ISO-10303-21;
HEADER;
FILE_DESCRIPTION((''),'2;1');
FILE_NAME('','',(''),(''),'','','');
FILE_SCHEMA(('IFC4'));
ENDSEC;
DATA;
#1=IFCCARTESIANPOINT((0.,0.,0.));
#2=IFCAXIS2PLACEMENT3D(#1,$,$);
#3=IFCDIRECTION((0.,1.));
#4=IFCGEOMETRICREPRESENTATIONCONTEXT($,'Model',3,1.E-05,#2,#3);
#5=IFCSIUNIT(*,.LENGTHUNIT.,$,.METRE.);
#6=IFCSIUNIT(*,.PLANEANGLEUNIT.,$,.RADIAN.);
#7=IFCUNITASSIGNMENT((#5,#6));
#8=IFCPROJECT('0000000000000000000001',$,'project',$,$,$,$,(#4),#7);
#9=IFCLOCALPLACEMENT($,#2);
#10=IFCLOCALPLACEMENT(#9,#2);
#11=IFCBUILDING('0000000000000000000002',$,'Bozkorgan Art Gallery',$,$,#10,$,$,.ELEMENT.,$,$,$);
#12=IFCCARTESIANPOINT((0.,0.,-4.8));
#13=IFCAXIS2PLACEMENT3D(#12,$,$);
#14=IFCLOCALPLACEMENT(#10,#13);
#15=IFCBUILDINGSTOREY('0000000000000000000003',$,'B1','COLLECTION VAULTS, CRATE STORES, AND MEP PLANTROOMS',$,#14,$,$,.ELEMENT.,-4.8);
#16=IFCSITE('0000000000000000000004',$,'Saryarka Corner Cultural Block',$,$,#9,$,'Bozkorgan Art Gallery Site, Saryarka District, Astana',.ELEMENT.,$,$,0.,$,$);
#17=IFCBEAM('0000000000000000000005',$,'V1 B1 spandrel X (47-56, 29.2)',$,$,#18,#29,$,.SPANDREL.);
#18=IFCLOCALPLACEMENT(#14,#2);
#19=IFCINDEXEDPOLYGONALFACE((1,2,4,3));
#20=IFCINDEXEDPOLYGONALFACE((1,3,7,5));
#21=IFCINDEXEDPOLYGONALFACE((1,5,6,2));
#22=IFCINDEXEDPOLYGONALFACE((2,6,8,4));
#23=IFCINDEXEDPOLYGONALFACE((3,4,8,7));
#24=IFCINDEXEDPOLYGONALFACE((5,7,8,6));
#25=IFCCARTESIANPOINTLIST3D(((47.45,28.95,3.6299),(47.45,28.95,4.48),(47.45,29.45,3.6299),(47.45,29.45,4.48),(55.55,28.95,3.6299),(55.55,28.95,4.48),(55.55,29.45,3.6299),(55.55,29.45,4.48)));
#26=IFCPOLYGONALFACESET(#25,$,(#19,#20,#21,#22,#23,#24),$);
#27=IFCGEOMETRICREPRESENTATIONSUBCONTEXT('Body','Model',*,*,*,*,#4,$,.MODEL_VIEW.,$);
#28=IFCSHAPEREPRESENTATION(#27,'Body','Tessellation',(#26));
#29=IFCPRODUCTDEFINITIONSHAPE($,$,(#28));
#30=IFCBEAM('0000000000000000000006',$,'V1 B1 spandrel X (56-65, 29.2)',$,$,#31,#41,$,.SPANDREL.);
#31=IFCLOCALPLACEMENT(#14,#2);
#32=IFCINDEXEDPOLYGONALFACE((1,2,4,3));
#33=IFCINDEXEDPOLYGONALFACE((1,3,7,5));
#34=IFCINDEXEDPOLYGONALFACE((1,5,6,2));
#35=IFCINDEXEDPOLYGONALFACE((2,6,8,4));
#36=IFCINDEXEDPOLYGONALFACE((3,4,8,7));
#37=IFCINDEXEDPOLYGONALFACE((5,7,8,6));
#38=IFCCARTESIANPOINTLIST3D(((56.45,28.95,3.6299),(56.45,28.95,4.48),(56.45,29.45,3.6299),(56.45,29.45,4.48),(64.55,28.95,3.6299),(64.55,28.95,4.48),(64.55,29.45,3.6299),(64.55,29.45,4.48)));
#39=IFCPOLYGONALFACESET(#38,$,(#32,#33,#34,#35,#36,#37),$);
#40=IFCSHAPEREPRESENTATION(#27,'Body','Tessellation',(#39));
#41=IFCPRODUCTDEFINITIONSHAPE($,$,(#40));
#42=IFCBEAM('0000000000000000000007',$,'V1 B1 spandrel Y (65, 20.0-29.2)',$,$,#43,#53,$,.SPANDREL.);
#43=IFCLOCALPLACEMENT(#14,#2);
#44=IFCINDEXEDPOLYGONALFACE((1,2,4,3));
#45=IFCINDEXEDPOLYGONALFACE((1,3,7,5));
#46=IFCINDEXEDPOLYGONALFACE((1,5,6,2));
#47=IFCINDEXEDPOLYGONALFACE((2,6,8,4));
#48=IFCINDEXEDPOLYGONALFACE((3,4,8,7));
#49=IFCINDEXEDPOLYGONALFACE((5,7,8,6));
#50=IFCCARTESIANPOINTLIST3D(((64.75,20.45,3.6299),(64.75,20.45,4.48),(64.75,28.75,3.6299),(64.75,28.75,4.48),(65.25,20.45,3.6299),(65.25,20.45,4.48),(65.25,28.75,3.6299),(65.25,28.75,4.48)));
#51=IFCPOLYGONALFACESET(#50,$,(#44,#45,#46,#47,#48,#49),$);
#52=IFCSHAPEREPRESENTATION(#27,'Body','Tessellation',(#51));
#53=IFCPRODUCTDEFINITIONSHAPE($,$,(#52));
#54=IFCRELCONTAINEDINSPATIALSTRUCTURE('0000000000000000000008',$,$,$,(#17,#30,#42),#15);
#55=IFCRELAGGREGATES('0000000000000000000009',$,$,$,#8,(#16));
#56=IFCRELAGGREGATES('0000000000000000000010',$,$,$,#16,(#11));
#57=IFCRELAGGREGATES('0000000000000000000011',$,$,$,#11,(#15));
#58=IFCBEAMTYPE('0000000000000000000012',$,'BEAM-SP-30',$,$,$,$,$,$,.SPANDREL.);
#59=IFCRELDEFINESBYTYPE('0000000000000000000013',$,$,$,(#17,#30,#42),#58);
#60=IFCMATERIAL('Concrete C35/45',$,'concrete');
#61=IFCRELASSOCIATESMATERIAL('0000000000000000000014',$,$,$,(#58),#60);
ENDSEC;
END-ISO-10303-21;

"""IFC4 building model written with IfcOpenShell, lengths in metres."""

from ifc_helpers import new_model, si_unit, direction, frame, origin, origin_2d, place, context, subcontext, project, spatial, rectangle, extrude, material, material_profile, profile_set, type_object, element, save


model = new_model("IFC4")

# Units and contexts
model_context = context("Model", 3, precision=1e-05, world=origin(), true_north=direction((0.0, 1.0)))
body_context = subcontext(model_context, "Body", "Model", "MODEL_VIEW")
ifc_project = project(units=[si_unit("LENGTHUNIT", "METRE"), si_unit("PLANEANGLEUNIT", "RADIAN")], contexts=[model_context])

# Site, building, storey
site_placement = place(None, origin())
site = spatial("IfcSite", under=ifc_project, at=site_placement, Name="Saryarka Corner Cultural Block", LongName="Bozkorgan Art Gallery Site, Saryarka District, Astana", CompositionType="ELEMENT", RefElevation=0.0)
building_placement = place(site_placement, origin())
building = spatial("IfcBuilding", under=site, at=building_placement, Name="Bozkorgan Art Gallery", CompositionType="ELEMENT")
storey_placement = place(building_placement, frame((0.0, 0.0, -4.8)))
storey = spatial("IfcBuildingStorey", under=building, at=storey_placement, Name="B1", Description="COLLECTION VAULTS, CRATE STORES, AND MEP PLANTROOMS", CompositionType="ELEMENT", Elevation=-4.8)

# Beams
ifc_material_1 = material(Name="Concrete C35/45", Category="concrete")
ifc_material_profile_1 = material_profile(ifc_material_1, rectangle(XDim=0.5, YDim=0.8501, at=origin_2d()), Name="RC 500x850")
ifc_profile_set_1 = profile_set([ifc_material_profile_1], Name="Concrete C35/45")
beam_type_1 = type_object("IfcBeamType", Name="BEAM-SP-30", PredefinedType="SPANDREL", material=ifc_profile_set_1)
for number, where, z_axis, x_axis, name in (
    (1, (47.45, 29.2, 4.0549), (1.0, 0.0, 0.0), (0.0, 1.0, 0.0), "V1 B1 spandrel X (47-56, 29.2)"),
    (2, (56.45, 29.2, 4.0549), (1.0, 0.0, 0.0), (0.0, 1.0, 0.0), "V1 B1 spandrel X (56-65, 29.2)"),
):
    element("IfcBeam", number, at=place(storey_placement, frame(where, z_axis=z_axis, x_axis=x_axis)), inside=storey, type_object=beam_type_1, Name=name, PredefinedType="SPANDREL", context=body_context, shape_type="SweptSolid", body=[
        extrude(rectangle(XDim=0.5, YDim=0.8501, at=origin_2d()), origin(), (0.0, 0.0, 1.0), 8.1001),
    ])
beam_1_placement = place(storey_placement, frame((65.0, 20.45, 4.0549), z_axis=(0.0, 1.0, 0.0), x_axis=(-1.0, 0.0, 0.0)))
element("IfcBeam", 3, at=beam_1_placement, inside=storey, type_object=beam_type_1, Name="V1 B1 spandrel Y (65, 20.0-29.2)", PredefinedType="SPANDREL", context=body_context, shape_type="SweptSolid", body=[
    extrude(rectangle(XDim=0.5, YDim=0.8501, at=origin_2d()), origin(), (0.0, 0.0, 1.0), 8.3),
])

save(model, "model.ifc")
